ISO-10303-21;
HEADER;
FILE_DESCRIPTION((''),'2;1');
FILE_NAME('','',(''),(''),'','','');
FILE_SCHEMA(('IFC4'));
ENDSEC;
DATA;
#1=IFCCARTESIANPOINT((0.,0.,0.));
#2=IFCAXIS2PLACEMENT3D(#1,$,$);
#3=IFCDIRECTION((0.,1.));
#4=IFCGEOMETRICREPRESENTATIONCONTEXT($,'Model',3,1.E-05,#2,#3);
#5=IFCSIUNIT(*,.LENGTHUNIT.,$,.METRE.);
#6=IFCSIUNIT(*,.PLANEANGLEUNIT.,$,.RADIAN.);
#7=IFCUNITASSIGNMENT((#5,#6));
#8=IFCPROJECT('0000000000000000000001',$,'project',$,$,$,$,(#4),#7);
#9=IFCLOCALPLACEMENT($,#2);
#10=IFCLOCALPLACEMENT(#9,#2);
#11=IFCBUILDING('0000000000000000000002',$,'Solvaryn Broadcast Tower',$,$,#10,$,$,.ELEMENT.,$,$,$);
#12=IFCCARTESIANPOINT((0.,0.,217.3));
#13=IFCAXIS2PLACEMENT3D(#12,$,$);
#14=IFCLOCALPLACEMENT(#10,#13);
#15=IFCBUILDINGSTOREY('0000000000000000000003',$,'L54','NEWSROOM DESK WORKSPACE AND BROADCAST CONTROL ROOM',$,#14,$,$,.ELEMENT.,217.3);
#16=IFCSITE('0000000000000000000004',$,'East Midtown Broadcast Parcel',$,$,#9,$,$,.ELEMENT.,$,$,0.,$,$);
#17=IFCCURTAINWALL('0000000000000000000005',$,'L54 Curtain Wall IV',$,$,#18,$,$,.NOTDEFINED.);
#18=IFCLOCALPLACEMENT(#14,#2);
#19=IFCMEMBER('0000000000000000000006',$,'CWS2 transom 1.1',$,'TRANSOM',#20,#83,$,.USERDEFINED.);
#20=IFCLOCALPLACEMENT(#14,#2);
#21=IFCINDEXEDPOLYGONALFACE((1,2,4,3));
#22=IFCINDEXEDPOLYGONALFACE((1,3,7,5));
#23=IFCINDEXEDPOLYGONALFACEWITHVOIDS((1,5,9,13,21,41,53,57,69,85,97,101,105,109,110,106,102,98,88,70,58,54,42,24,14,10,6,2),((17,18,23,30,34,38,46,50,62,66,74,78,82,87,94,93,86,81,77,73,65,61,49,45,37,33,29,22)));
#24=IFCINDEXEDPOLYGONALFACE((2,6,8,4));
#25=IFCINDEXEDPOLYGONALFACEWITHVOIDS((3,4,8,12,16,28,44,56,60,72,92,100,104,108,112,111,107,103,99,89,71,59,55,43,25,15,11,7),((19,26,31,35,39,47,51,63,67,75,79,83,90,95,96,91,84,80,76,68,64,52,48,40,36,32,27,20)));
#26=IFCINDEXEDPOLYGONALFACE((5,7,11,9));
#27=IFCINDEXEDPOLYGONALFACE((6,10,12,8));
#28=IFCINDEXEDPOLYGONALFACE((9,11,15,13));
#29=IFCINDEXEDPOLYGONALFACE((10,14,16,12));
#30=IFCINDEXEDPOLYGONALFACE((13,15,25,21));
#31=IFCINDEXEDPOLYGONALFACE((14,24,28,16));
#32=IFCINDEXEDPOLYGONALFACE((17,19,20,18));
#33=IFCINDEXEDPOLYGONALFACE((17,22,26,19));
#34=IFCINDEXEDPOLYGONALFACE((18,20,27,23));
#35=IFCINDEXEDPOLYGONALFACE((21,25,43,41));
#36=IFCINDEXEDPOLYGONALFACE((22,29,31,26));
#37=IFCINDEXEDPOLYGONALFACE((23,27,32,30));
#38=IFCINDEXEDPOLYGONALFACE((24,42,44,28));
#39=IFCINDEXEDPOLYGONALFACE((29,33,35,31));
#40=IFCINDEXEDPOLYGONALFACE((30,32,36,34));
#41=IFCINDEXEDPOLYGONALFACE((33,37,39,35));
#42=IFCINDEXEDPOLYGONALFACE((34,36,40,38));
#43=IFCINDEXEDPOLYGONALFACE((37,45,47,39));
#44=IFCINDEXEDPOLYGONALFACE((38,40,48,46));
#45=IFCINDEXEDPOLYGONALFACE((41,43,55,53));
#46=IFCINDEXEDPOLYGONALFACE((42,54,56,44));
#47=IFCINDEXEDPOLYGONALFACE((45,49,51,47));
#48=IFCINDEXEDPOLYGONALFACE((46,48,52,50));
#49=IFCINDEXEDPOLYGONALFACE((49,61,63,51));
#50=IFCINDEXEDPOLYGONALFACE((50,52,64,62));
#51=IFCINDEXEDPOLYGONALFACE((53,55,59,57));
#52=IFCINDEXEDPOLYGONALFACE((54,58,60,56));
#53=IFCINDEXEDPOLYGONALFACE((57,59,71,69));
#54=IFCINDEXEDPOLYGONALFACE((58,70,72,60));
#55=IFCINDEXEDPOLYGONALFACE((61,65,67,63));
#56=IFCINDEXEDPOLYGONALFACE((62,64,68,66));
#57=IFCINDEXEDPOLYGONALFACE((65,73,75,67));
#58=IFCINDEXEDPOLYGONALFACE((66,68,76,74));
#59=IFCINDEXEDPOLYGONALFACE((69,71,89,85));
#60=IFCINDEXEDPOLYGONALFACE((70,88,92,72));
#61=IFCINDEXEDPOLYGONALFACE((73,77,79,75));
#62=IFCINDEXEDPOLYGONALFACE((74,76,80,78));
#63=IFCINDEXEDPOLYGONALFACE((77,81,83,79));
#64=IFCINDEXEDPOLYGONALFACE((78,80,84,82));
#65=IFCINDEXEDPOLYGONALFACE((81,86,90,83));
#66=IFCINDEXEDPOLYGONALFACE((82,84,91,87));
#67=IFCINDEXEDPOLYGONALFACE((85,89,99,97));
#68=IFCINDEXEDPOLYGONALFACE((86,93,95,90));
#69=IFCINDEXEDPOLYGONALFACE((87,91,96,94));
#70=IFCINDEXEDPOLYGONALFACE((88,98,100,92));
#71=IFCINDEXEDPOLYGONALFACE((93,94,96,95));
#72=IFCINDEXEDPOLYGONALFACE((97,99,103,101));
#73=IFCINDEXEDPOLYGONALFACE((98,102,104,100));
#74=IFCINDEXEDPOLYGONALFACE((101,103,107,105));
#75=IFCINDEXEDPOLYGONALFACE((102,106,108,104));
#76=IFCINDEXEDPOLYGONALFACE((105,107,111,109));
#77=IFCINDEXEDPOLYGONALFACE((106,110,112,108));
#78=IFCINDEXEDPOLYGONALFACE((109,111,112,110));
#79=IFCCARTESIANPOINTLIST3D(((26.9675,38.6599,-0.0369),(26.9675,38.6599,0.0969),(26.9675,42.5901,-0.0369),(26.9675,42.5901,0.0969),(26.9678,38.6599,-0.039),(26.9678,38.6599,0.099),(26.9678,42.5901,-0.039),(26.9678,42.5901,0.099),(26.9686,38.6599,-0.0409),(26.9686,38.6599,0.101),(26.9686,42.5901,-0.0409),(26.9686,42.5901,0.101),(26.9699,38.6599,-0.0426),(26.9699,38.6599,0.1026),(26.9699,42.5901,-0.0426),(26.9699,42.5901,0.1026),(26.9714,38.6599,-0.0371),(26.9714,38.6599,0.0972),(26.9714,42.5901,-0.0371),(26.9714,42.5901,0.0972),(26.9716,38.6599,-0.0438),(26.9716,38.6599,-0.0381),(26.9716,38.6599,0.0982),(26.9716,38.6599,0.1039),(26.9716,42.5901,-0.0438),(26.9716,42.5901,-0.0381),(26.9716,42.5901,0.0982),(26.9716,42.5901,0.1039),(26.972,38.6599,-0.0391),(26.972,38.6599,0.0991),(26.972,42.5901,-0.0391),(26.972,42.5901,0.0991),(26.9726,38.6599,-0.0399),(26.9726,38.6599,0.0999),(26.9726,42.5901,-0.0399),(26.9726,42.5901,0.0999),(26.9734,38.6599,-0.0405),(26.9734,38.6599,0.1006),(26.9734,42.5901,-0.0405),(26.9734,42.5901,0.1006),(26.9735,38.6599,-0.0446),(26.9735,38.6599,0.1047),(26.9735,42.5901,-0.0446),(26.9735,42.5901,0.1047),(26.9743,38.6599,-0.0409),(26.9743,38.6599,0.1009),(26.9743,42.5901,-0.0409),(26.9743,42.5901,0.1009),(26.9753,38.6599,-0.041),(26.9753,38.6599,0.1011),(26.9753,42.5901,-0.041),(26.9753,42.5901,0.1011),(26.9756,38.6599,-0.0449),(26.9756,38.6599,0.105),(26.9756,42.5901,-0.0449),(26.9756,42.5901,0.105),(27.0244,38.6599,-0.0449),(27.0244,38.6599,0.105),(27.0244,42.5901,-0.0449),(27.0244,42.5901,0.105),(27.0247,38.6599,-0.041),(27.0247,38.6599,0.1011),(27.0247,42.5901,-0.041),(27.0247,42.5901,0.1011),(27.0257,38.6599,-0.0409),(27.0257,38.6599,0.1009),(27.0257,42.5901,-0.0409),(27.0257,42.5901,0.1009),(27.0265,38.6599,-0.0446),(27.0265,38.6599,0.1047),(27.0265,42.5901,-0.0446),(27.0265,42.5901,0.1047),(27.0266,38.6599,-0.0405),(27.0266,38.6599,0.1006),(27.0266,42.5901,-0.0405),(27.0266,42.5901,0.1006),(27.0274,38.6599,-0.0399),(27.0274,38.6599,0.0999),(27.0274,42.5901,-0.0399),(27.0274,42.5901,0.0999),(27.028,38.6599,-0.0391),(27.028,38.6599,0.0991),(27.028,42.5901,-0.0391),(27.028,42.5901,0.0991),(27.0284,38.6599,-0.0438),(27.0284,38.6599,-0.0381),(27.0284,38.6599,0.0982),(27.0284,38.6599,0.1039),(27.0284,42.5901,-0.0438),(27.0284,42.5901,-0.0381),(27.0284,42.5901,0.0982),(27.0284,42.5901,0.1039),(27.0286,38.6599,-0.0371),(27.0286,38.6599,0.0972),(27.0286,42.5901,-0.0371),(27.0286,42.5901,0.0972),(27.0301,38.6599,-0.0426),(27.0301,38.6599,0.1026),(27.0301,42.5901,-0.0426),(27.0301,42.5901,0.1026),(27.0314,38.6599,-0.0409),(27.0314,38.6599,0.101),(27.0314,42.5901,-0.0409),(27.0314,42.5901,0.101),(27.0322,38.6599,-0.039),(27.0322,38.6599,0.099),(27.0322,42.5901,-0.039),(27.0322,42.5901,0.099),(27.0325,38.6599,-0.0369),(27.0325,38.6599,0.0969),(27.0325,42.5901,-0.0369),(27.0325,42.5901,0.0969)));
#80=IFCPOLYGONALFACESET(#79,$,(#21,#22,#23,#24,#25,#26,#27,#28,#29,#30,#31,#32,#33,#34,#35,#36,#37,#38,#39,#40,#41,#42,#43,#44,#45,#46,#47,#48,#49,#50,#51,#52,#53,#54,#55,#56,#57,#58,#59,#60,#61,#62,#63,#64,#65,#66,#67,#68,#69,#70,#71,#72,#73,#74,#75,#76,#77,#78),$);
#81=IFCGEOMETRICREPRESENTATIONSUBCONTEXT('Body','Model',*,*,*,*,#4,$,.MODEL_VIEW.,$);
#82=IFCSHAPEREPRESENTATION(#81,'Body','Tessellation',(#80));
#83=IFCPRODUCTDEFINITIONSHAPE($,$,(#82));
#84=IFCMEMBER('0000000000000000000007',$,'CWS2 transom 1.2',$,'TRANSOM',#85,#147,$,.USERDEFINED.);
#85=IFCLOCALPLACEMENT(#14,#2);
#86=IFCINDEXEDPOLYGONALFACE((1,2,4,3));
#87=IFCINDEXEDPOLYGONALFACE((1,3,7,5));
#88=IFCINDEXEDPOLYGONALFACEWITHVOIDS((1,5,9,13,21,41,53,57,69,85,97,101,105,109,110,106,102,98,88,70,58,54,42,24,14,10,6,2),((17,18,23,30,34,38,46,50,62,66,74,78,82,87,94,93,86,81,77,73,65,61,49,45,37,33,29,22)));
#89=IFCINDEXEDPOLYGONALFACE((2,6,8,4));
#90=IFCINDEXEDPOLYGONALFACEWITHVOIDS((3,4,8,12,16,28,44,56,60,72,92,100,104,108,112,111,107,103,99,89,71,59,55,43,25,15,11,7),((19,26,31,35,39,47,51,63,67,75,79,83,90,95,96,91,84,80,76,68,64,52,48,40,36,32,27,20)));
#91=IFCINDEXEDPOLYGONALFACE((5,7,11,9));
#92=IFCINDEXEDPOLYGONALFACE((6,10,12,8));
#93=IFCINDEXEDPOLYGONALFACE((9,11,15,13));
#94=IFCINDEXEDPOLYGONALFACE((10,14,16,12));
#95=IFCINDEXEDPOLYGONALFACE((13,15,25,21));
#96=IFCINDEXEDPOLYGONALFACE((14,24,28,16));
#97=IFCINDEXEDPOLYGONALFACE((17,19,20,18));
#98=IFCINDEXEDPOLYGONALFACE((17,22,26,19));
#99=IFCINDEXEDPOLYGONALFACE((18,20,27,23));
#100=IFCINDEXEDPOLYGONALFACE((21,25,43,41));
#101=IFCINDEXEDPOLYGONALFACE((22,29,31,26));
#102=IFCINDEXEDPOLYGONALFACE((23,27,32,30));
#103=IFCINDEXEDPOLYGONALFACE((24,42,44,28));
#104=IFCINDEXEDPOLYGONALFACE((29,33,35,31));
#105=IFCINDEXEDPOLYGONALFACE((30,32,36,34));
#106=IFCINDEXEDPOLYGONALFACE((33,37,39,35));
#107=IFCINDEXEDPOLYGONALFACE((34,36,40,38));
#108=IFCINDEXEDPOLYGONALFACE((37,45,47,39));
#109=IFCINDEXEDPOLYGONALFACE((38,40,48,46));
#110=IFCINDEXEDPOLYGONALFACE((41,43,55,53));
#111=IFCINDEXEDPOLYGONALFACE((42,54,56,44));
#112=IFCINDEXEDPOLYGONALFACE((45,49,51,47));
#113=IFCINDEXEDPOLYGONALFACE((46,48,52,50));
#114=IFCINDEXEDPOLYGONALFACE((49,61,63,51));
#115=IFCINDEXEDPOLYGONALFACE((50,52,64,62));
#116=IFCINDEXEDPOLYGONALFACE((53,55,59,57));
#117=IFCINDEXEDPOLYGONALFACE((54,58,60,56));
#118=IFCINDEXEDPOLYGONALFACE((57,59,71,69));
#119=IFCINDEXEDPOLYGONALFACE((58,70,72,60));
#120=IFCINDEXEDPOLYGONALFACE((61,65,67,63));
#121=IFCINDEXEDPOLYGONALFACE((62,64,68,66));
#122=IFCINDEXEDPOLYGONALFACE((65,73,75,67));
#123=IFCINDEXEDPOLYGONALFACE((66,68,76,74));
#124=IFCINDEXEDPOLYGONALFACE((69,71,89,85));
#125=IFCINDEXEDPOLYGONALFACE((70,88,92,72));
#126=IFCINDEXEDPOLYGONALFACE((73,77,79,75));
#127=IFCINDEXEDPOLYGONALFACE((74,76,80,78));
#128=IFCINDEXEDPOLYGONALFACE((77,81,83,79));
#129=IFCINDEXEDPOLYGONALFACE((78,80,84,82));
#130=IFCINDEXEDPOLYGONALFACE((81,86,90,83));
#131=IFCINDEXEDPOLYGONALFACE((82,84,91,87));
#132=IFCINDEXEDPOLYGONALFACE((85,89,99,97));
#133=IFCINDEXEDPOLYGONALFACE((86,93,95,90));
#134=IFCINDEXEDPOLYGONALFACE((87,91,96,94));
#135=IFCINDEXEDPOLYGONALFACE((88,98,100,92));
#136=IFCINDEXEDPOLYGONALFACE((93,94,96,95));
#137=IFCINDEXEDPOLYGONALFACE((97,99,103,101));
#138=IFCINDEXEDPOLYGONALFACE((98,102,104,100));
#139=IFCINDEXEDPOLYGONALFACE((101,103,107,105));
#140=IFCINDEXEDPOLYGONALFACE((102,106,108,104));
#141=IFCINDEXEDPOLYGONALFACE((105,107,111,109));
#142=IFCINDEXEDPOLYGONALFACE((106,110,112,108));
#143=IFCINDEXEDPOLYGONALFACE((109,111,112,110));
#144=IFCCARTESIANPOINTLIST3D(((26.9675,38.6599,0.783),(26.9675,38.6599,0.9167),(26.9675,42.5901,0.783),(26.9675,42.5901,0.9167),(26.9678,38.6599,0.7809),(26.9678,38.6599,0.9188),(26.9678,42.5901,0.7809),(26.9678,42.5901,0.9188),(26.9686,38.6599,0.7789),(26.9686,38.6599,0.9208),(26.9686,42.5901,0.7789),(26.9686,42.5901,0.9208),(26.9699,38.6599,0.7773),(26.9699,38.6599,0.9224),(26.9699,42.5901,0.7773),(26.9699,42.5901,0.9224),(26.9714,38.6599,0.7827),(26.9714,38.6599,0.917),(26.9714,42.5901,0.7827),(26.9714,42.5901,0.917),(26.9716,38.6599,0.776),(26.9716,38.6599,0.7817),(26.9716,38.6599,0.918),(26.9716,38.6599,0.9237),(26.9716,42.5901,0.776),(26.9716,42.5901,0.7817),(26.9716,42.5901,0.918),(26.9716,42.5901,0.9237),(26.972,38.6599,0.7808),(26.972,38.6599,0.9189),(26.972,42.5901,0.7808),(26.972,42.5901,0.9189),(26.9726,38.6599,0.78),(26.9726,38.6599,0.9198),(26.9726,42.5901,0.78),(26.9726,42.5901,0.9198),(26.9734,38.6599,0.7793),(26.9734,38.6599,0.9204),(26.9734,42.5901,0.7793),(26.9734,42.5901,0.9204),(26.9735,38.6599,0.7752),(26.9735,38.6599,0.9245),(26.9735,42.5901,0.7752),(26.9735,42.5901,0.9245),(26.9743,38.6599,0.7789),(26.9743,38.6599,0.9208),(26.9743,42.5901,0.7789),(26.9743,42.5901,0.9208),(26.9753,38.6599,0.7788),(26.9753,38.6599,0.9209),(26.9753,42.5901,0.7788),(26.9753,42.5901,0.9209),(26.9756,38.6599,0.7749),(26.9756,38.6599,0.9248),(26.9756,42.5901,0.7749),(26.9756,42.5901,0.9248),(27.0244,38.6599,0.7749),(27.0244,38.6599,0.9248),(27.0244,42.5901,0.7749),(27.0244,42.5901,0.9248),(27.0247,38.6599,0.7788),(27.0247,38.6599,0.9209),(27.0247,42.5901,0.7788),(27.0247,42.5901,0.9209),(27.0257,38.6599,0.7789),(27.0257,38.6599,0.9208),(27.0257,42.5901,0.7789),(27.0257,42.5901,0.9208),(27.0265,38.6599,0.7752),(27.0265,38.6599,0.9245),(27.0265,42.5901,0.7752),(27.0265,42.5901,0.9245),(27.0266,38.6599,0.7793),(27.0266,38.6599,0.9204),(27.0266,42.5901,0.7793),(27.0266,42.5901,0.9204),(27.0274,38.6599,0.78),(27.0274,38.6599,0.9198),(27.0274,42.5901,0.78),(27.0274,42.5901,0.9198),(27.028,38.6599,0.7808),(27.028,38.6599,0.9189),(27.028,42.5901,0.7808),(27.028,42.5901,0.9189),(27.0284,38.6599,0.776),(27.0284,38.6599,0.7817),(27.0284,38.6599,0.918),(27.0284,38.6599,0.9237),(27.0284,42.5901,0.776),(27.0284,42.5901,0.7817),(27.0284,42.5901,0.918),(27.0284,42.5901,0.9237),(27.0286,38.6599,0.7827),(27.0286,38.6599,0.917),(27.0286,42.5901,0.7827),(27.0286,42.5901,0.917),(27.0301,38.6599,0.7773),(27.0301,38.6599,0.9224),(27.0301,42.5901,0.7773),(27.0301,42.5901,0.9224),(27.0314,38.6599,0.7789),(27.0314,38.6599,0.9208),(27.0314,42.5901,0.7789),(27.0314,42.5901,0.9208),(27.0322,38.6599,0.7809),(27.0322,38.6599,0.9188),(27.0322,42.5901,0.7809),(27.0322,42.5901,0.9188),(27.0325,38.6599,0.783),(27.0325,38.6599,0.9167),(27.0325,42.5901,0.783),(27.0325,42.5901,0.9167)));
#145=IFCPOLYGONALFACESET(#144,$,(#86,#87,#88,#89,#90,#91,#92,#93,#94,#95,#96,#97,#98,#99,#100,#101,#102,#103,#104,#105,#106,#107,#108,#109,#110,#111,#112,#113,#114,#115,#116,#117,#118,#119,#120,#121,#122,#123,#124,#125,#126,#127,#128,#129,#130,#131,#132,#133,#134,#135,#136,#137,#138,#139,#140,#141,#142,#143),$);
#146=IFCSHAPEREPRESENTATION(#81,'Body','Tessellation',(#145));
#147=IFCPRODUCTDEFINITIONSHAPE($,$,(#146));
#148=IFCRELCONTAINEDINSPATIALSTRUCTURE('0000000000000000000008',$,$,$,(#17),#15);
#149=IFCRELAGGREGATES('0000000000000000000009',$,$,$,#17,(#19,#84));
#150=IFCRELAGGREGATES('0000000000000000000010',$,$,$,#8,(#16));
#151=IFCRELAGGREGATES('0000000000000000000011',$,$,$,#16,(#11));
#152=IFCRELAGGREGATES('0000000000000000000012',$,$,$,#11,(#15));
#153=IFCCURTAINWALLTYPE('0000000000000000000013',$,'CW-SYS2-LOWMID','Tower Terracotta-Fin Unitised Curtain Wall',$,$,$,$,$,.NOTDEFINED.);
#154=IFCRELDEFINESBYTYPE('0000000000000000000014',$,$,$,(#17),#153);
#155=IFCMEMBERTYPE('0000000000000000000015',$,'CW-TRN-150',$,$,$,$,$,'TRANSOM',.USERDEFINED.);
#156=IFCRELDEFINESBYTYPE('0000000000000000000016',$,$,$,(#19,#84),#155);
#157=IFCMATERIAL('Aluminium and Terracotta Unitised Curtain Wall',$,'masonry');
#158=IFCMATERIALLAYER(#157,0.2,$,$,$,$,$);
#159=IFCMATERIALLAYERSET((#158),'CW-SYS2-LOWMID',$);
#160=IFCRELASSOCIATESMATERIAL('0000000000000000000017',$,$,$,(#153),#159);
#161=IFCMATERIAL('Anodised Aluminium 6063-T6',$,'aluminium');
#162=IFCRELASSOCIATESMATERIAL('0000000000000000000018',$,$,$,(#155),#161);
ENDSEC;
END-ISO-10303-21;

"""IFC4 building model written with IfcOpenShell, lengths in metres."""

from ifc_helpers import new_model, si_unit, direction, frame, origin, origin_2d, place, context, subcontext, project, spatial, hollow_rectangle, extrude, material, layer, layer_set, material_profile, profile_set, type_object, element, aggregate, save


model = new_model("IFC4")

# Units and contexts
model_context = context("Model", 3, precision=1e-05, world=origin(), true_north=direction((0.0, 1.0)))
body_context = subcontext(model_context, "Body", "Model", "MODEL_VIEW")
ifc_project = project(units=[si_unit("LENGTHUNIT", "METRE"), si_unit("PLANEANGLEUNIT", "RADIAN")], contexts=[model_context])

# Site, building, storey
site_placement = place(None, origin())
site = spatial("IfcSite", under=ifc_project, at=site_placement, Name="East Midtown Broadcast Parcel", CompositionType="ELEMENT", RefElevation=0.0)
building_placement = place(site_placement, origin())
building = spatial("IfcBuilding", under=site, at=building_placement, Name="Solvaryn Broadcast Tower", CompositionType="ELEMENT")
storey_placement = place(building_placement, frame((0.0, 0.0, 217.3)))
storey = spatial("IfcBuildingStorey", under=building, at=storey_placement, Name="L54", Description="NEWSROOM DESK WORKSPACE AND BROADCAST CONTROL ROOM", CompositionType="ELEMENT", Elevation=217.3)

# Curtain wall
ifc_material_1 = material(Name="Aluminium and Terracotta Unitised Curtain Wall", Category="masonry")
ifc_layer_1 = layer(ifc_material_1, 0.2)
ifc_layer_set_1 = layer_set([ifc_layer_1], Name="CW-SYS2-LOWMID")
curtain_wall_type = type_object("IfcCurtainWallType", Name="CW-SYS2-LOWMID", Description="Tower Terracotta-Fin Unitised Curtain Wall", PredefinedType="NOTDEFINED", material=ifc_layer_set_1)
curtain_wall_1_placement = place(storey_placement, origin())
curtain_wall_1 = element("IfcCurtainWall", 1, at=curtain_wall_1_placement, inside=storey, type_object=curtain_wall_type, Name="L54 Curtain Wall IV", PredefinedType="NOTDEFINED")

# Members
ifc_material_2 = material(Name="Anodised Aluminium 6063-T6", Category="aluminium")
ifc_material_profile_1 = material_profile(ifc_material_2, hollow_rectangle(XDim=0.0649, YDim=0.1499, WallThickness=0.0039, InnerFilletRadius=0.0039, OuterFilletRadius=0.0081, at=origin_2d()))
ifc_profile_set_1 = profile_set([ifc_material_profile_1], Name="Anodised Aluminium 6063-T6")
member_type_1 = type_object("IfcMemberType", Name="CW-TRN-150", ElementType="TRANSOM", PredefinedType="USERDEFINED", material=ifc_profile_set_1)
member_1_placement = place(storey_placement, frame((27.0, 42.5901, 0.03), z_axis=(0.0, -1.0, 0.0), x_axis=(1.0, 0.0, 0.0)))
member_1 = element("IfcMember", 2, at=member_1_placement, type_object=member_type_1, Name="CWS2 transom 1.1", ObjectType="TRANSOM", PredefinedType="USERDEFINED", context=body_context, shape_type="SweptSolid", body=[
    extrude(hollow_rectangle(XDim=0.0649, YDim=0.1499, WallThickness=0.0039, InnerFilletRadius=0.0039, OuterFilletRadius=0.0081, at=origin_2d()), origin(), (0.0, 0.0, 1.0), 3.9302),
])
member_2_placement = place(storey_placement, frame((27.0, 42.5901, 0.8499), z_axis=(0.0, -1.0, 0.0), x_axis=(1.0, 0.0, 0.0)))
member_2 = element("IfcMember", 3, at=member_2_placement, type_object=member_type_1, Name="CWS2 transom 1.2", ObjectType="TRANSOM", PredefinedType="USERDEFINED", context=body_context, shape_type="SweptSolid", body=[
    extrude(hollow_rectangle(XDim=0.0649, YDim=0.1499, WallThickness=0.0039, InnerFilletRadius=0.0039, OuterFilletRadius=0.0081, at=origin_2d()), origin(), (0.0, 0.0, 1.0), 3.9302),
])

aggregate(curtain_wall_1, [member_1, member_2])

save(model, "model.ifc")
